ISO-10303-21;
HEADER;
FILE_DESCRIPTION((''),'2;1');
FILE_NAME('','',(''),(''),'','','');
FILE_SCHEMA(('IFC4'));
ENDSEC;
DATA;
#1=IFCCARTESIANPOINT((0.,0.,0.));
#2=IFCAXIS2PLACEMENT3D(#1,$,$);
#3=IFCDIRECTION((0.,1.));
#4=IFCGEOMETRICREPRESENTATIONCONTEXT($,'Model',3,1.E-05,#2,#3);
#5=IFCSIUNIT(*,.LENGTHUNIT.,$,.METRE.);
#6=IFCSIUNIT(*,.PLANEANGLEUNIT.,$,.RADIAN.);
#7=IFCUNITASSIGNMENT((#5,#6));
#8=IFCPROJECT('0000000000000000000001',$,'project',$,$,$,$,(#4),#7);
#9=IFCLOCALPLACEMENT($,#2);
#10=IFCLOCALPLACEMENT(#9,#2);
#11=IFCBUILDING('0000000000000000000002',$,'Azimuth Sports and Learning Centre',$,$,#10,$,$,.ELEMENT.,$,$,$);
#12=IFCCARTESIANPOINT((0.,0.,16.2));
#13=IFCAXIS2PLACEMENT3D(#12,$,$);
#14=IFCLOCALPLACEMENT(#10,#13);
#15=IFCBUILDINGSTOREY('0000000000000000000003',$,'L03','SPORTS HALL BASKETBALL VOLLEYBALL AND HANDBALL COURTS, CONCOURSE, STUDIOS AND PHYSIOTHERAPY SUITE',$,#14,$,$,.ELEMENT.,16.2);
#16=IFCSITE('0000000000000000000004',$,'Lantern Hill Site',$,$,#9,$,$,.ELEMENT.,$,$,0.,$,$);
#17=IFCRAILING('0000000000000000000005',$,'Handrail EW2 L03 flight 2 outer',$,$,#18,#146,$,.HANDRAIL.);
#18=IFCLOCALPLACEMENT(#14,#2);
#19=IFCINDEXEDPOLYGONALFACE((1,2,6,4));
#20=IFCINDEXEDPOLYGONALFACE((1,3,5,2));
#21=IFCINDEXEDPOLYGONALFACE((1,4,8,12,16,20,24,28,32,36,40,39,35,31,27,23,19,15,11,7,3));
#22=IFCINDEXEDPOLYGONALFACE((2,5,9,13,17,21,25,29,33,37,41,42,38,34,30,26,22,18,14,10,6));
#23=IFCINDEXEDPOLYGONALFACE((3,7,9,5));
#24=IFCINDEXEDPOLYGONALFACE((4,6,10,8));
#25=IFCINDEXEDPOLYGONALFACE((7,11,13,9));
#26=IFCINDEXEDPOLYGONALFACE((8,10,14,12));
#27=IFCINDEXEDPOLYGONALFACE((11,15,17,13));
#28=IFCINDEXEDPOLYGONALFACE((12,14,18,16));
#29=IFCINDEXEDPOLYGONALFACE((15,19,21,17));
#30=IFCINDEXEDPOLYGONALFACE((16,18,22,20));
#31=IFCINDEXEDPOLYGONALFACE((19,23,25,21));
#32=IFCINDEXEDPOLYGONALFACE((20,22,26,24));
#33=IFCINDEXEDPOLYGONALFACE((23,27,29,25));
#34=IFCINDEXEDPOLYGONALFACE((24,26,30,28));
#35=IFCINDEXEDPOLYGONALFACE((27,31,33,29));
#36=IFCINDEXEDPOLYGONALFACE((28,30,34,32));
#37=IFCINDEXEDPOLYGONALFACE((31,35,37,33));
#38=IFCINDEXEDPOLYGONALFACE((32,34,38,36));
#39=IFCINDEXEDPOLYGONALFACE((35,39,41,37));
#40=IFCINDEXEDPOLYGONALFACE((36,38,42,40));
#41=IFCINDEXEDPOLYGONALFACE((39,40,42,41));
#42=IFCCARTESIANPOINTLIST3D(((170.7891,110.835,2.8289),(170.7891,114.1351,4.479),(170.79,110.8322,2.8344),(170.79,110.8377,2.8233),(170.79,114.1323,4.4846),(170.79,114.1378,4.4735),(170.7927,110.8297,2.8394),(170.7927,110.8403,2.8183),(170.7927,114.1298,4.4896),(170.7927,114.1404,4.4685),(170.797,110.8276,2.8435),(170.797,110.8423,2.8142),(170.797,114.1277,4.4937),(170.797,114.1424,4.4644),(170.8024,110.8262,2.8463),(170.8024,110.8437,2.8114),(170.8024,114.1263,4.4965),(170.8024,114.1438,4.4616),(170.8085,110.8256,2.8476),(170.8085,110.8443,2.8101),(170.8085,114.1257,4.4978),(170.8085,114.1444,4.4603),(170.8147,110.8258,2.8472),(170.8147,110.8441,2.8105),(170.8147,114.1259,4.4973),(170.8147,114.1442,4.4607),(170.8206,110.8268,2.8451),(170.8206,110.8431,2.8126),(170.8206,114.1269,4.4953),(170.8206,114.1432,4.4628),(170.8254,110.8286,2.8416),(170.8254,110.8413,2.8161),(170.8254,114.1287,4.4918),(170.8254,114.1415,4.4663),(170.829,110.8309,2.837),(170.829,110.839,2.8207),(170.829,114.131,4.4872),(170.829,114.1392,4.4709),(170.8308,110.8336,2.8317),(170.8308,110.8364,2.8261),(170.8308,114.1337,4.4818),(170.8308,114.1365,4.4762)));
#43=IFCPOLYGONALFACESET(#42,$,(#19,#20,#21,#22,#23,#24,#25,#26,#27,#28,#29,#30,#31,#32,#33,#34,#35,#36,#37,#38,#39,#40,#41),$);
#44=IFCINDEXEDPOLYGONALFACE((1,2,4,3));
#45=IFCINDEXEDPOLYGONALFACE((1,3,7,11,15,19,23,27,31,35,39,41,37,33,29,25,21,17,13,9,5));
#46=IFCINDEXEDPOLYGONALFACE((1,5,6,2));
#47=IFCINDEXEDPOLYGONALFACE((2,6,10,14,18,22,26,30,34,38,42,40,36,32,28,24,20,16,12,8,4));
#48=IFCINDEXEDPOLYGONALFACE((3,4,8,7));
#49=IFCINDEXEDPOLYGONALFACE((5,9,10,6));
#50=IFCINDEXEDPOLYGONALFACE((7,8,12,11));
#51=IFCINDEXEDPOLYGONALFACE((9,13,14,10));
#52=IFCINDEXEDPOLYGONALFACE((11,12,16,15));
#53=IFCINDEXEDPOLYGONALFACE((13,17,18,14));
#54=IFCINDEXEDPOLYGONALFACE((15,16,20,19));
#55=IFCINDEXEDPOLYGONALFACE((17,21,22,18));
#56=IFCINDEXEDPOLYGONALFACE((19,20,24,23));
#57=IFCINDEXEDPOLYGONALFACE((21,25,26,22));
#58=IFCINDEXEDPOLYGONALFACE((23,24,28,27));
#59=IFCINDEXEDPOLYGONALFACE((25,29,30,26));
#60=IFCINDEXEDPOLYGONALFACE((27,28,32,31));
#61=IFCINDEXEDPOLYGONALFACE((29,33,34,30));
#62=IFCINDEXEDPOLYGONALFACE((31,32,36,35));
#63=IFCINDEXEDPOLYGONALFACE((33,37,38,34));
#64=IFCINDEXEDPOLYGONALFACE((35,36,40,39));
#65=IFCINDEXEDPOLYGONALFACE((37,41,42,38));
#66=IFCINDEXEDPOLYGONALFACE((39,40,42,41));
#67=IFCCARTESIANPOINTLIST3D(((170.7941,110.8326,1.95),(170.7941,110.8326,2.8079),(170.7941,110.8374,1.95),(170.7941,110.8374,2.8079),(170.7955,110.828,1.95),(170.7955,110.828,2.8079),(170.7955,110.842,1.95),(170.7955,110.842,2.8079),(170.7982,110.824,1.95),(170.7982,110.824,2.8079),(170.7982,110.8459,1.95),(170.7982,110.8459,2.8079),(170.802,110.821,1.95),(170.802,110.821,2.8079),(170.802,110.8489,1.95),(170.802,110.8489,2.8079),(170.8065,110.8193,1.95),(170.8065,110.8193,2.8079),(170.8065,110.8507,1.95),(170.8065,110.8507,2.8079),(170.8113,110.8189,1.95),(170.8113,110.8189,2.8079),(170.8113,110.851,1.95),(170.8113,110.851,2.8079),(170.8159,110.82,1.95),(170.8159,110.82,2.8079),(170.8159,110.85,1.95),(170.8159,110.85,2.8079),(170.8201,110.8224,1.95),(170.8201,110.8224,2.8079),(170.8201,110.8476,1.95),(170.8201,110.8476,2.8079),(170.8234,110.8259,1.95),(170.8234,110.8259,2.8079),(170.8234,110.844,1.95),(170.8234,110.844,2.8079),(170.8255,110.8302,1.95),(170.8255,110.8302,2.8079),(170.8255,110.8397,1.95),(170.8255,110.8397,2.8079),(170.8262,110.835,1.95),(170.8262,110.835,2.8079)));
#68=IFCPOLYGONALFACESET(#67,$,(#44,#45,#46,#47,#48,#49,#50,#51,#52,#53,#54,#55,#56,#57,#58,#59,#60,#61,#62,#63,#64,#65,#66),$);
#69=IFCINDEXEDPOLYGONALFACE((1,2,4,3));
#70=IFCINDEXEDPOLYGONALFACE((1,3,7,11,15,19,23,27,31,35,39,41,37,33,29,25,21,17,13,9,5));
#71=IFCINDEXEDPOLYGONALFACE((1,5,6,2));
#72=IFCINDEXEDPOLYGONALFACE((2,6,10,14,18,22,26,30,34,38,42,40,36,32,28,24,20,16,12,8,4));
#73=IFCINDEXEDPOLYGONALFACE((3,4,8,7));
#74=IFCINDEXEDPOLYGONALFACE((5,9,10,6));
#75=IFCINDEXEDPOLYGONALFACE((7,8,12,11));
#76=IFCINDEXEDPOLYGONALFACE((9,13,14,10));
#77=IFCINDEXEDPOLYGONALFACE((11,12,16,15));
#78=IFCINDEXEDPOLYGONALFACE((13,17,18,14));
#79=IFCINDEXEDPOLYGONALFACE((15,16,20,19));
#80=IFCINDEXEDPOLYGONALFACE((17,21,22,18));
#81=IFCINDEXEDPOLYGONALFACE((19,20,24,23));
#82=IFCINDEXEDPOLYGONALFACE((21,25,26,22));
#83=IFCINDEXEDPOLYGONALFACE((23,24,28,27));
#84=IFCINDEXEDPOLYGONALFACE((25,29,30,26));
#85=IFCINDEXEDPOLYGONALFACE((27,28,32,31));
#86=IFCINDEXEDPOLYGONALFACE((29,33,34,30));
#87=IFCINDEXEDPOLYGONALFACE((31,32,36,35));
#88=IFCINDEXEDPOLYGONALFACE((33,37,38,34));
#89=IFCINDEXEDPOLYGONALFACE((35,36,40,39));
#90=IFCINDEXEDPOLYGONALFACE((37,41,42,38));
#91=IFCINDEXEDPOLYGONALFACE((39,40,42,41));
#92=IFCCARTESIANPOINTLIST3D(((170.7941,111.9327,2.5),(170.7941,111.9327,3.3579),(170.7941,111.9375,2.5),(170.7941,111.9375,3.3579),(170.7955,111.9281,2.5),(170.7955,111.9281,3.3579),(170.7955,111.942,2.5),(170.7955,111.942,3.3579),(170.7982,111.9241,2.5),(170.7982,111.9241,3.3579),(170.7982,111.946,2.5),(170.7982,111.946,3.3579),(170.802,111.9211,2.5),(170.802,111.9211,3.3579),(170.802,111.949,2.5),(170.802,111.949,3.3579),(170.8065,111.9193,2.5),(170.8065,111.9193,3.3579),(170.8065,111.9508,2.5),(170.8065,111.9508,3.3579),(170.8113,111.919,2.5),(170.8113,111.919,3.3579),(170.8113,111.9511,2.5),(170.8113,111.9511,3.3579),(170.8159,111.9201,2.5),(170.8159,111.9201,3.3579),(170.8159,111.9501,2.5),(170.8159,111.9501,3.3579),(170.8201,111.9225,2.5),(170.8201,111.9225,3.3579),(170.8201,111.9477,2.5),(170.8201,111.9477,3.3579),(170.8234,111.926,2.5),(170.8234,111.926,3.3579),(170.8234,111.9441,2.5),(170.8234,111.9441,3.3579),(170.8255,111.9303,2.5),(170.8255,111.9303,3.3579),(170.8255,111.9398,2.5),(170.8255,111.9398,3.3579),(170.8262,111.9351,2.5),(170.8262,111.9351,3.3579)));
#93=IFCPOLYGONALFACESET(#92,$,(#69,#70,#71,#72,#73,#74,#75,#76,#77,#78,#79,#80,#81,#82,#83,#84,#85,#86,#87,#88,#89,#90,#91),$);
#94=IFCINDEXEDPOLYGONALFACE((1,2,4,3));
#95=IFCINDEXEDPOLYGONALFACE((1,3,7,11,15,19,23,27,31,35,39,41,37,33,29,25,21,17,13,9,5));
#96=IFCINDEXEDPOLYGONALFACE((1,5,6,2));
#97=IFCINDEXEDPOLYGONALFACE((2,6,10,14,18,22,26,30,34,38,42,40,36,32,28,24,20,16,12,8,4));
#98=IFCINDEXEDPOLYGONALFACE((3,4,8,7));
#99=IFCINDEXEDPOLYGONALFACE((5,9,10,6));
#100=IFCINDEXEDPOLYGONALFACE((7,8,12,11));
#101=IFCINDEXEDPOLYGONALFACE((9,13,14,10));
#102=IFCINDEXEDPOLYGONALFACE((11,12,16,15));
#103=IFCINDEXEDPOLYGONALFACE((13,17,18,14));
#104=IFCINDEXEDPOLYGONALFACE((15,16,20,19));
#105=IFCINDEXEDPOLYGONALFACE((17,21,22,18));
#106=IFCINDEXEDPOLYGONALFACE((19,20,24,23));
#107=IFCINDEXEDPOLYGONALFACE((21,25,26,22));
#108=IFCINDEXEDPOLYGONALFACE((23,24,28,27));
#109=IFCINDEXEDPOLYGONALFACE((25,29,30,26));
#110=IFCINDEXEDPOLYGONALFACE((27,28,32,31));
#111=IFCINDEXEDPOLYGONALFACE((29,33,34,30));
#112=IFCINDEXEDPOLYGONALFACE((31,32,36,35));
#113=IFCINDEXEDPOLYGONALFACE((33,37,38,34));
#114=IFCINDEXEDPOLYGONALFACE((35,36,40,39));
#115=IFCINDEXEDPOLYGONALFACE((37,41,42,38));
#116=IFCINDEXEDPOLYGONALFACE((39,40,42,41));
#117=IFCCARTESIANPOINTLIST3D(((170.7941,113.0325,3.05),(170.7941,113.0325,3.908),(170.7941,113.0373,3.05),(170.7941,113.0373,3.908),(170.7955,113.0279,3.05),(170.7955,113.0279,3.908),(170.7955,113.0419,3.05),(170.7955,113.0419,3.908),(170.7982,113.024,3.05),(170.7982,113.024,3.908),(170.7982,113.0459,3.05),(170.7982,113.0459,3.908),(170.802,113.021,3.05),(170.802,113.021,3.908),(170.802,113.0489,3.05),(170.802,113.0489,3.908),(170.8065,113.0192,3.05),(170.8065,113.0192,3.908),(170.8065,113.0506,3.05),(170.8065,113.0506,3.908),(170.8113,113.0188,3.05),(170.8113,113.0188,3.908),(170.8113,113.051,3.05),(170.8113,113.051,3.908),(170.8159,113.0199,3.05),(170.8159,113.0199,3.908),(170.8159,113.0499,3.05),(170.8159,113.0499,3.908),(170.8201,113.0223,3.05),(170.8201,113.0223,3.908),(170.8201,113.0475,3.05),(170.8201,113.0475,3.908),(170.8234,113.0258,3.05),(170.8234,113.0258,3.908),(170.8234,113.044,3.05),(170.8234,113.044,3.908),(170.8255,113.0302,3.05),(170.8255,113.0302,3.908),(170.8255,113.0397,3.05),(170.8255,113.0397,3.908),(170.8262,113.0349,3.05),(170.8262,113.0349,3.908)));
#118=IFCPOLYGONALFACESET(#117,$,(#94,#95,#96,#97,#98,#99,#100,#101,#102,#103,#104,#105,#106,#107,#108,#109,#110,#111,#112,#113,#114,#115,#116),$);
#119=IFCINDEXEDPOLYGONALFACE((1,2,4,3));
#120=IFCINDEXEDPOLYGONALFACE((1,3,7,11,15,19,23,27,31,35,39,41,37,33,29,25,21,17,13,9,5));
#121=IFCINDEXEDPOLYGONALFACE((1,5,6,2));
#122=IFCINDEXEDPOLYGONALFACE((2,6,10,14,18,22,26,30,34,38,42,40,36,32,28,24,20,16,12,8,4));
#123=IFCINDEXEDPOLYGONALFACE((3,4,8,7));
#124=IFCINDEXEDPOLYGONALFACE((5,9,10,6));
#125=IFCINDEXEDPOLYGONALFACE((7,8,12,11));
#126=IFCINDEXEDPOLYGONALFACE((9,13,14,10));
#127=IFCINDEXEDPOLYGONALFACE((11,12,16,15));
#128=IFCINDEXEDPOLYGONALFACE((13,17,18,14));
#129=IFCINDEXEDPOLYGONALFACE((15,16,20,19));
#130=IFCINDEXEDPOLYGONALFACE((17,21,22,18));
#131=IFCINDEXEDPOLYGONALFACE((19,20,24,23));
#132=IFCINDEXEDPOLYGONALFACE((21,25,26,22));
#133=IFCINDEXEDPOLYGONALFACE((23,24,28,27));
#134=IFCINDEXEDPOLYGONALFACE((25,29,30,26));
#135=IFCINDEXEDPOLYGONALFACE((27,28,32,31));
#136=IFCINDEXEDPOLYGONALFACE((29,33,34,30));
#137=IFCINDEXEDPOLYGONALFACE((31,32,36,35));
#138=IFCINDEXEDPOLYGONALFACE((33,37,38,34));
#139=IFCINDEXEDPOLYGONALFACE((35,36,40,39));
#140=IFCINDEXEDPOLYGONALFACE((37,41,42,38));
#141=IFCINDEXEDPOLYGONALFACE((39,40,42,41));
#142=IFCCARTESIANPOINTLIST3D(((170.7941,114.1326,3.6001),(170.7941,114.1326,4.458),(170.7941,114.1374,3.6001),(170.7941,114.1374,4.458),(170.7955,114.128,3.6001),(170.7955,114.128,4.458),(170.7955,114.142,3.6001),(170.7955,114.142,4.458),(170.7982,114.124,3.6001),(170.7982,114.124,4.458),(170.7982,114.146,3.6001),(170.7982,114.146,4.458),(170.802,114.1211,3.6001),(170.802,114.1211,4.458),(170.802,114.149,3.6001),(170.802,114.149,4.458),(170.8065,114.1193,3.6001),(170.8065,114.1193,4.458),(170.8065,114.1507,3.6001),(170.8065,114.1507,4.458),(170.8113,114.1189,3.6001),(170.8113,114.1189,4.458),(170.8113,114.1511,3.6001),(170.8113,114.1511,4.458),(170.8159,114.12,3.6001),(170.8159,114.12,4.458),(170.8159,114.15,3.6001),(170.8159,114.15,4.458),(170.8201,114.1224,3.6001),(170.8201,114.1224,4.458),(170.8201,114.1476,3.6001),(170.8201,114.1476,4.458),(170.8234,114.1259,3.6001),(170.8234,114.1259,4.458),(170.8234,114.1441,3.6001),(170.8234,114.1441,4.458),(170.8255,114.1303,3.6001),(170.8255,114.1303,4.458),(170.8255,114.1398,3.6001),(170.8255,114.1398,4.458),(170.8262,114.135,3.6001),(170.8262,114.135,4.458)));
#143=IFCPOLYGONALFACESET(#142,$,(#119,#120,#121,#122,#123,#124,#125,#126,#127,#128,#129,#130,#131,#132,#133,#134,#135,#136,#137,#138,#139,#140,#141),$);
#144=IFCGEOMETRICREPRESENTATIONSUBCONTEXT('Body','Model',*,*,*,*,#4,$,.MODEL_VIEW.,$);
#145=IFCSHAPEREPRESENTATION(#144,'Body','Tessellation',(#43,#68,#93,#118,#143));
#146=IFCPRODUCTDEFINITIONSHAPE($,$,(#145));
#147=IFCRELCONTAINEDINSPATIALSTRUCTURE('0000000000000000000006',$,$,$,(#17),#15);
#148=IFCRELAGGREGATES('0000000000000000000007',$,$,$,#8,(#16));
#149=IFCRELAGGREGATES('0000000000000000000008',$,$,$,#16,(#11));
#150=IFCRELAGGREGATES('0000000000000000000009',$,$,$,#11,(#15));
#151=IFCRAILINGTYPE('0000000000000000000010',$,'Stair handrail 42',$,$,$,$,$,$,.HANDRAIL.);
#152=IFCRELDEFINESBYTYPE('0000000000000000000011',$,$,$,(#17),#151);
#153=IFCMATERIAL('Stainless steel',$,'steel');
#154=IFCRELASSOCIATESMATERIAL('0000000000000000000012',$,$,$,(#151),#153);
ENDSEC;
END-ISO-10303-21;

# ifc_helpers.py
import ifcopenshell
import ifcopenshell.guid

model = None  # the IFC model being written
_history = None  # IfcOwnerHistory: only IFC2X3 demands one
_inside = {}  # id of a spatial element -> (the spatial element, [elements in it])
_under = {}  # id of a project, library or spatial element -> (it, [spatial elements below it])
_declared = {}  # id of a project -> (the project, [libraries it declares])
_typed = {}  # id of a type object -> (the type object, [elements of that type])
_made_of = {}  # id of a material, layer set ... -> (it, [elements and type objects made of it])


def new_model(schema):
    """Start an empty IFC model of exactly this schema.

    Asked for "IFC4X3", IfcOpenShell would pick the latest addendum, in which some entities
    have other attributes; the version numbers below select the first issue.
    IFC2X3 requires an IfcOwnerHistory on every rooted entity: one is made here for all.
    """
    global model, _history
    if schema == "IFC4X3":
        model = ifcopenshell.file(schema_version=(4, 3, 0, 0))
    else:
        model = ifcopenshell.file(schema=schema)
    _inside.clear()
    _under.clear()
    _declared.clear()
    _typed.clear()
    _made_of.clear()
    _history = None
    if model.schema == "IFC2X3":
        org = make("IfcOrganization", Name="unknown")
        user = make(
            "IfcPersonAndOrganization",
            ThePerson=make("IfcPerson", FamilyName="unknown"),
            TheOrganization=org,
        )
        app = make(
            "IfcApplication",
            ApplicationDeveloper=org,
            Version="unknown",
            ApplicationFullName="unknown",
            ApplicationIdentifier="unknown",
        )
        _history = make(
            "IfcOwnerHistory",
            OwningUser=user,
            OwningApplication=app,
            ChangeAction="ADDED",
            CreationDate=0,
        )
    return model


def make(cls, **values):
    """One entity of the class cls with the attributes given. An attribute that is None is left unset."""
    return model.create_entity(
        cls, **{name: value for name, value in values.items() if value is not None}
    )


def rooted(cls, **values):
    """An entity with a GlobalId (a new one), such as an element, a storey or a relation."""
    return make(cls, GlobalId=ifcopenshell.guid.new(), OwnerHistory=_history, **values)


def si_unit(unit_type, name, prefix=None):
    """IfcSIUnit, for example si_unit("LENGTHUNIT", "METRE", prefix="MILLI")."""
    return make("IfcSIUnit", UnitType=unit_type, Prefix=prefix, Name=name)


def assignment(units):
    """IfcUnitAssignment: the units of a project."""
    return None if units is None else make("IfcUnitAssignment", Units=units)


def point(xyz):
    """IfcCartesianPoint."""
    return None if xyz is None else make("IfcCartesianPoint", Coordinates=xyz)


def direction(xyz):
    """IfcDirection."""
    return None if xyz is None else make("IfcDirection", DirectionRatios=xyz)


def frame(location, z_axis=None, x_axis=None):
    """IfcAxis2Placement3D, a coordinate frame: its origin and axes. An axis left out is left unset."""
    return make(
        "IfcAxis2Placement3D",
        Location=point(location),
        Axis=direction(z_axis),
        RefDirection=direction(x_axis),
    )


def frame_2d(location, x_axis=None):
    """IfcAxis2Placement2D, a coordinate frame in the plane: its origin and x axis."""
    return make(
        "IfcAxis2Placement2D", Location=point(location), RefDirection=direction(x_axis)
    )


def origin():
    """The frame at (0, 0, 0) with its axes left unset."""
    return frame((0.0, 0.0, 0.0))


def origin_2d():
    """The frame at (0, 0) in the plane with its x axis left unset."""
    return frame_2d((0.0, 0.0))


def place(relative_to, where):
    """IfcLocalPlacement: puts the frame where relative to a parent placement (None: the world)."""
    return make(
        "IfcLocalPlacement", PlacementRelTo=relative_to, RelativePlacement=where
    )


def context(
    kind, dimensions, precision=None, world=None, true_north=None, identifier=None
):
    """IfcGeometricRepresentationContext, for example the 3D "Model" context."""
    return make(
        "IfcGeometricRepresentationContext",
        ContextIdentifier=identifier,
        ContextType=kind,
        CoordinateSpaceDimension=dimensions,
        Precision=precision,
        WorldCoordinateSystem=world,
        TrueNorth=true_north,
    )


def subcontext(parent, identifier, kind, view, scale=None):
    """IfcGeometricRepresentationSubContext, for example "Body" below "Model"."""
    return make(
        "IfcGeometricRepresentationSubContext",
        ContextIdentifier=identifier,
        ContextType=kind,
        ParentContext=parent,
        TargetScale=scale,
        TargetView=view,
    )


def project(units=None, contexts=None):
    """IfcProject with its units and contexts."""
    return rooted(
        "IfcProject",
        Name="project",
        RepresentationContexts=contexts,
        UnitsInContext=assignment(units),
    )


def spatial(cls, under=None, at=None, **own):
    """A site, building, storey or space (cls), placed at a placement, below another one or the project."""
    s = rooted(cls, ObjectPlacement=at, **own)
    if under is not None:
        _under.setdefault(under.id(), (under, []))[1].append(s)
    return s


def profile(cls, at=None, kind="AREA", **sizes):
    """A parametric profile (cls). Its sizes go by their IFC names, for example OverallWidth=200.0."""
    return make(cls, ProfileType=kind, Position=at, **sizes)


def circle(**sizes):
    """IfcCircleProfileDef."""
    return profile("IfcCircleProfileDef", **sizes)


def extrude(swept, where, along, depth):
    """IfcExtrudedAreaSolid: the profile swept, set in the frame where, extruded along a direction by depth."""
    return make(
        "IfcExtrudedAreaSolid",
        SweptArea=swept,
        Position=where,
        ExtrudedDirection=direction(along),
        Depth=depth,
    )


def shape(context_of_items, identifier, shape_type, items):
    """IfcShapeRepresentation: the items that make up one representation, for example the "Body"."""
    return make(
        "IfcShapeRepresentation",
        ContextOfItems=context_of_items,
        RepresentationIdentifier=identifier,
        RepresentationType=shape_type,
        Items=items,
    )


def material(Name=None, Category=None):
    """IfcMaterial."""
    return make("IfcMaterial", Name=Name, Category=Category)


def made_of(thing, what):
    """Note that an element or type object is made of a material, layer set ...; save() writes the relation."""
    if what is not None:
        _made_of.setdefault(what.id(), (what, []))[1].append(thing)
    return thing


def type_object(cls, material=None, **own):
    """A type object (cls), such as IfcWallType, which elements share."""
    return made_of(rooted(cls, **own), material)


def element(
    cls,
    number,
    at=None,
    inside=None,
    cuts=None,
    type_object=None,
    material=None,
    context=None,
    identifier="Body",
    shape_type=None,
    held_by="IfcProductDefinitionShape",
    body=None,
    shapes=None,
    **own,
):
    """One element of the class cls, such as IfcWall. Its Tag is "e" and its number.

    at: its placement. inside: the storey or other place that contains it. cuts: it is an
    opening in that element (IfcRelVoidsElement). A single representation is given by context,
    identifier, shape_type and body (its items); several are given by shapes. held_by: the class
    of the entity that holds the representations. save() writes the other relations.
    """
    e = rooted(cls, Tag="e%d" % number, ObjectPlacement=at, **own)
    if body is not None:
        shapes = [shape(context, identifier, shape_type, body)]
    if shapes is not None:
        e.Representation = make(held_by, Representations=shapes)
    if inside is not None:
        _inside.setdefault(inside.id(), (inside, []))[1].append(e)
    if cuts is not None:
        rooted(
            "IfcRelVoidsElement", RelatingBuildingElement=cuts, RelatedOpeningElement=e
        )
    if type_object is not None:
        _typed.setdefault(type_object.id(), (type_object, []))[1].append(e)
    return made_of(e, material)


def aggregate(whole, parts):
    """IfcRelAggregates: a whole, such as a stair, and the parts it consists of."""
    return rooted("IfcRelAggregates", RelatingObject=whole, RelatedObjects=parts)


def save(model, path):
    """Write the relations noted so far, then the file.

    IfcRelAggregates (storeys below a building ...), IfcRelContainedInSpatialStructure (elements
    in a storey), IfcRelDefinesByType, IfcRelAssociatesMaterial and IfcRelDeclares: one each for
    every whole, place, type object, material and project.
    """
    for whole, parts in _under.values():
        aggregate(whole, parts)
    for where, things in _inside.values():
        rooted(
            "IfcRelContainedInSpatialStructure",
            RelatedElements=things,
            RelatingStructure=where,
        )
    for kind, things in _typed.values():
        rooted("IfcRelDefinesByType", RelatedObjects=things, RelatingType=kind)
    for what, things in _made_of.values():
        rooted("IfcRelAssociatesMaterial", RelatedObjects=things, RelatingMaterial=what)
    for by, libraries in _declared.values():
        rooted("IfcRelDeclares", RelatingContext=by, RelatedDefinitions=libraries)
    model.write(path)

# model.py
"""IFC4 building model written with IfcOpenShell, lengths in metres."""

from ifc_helpers import new_model, si_unit, direction, frame, origin, origin_2d, place, context, subcontext, project, spatial, circle, extrude, material, type_object, element, save


model = new_model("IFC4")

# Units and contexts
model_context = context("Model", 3, precision=1e-05, world=origin(), true_north=direction((0.0, 1.0)))
body_context = subcontext(model_context, "Body", "Model", "MODEL_VIEW")
ifc_project = project(units=[si_unit("LENGTHUNIT", "METRE"), si_unit("PLANEANGLEUNIT", "RADIAN")], contexts=[model_context])

# Site, building, storey
site_placement = place(None, origin())
site = spatial("IfcSite", under=ifc_project, at=site_placement, Name="Lantern Hill Site", CompositionType="ELEMENT", RefElevation=0.0)
building_placement = place(site_placement, origin())
building = spatial("IfcBuilding", under=site, at=building_placement, Name="Azimuth Sports and Learning Centre", CompositionType="ELEMENT")
storey_placement = place(building_placement, frame((0.0, 0.0, 16.2)))
storey = spatial("IfcBuildingStorey", under=building, at=storey_placement, Name="L03", Description="SPORTS HALL BASKETBALL VOLLEYBALL AND HANDBALL COURTS, CONCOURSE, STUDIOS AND PHYSIOTHERAPY SUITE", CompositionType="ELEMENT", Elevation=16.2)

# Railing
ifc_material_1 = material(Name="Stainless steel", Category="steel")
railing_type_1 = type_object("IfcRailingType", Name="Stair handrail 42", PredefinedType="HANDRAIL", material=ifc_material_1)
for number, where, name in (
    (1, (170.8101, 110.835, 1.95), "Handrail EW2 L03 flight 2 outer"),
):
    element("IfcRailing", number, at=place(storey_placement, frame(where)), inside=storey, type_object=railing_type_1, Name=name, PredefinedType="HANDRAIL", context=body_context, shape_type="SweptSolid", body=[
        extrude(circle(Radius=0.021, at=origin_2d()), frame((0.0, 0.0, 0.8789), z_axis=(0.0, 0.894414, 0.44724), x_axis=(-1.0, 0.0, 0.0)), (0.0, 0.0, 1.0), 3.6897),
        extrude(circle(Radius=0.0161, at=origin_2d()), origin(), (0.0, 0.0, 1.0), 0.8579),
        extrude(circle(Radius=0.0161, at=origin_2d()), frame((0.0, 1.1001, 0.55)), (0.0, 0.0, 1.0), 0.8579),
        extrude(circle(Radius=0.0161, at=origin_2d()), frame((0.0, 2.2, 1.1001)), (0.0, 0.0, 1.0), 0.8579),
        extrude(circle(Radius=0.0161, at=origin_2d()), frame((0.0, 3.3, 1.6501)), (0.0, 0.0, 1.0), 0.8579),
    ])

save(model, "model.ifc")
